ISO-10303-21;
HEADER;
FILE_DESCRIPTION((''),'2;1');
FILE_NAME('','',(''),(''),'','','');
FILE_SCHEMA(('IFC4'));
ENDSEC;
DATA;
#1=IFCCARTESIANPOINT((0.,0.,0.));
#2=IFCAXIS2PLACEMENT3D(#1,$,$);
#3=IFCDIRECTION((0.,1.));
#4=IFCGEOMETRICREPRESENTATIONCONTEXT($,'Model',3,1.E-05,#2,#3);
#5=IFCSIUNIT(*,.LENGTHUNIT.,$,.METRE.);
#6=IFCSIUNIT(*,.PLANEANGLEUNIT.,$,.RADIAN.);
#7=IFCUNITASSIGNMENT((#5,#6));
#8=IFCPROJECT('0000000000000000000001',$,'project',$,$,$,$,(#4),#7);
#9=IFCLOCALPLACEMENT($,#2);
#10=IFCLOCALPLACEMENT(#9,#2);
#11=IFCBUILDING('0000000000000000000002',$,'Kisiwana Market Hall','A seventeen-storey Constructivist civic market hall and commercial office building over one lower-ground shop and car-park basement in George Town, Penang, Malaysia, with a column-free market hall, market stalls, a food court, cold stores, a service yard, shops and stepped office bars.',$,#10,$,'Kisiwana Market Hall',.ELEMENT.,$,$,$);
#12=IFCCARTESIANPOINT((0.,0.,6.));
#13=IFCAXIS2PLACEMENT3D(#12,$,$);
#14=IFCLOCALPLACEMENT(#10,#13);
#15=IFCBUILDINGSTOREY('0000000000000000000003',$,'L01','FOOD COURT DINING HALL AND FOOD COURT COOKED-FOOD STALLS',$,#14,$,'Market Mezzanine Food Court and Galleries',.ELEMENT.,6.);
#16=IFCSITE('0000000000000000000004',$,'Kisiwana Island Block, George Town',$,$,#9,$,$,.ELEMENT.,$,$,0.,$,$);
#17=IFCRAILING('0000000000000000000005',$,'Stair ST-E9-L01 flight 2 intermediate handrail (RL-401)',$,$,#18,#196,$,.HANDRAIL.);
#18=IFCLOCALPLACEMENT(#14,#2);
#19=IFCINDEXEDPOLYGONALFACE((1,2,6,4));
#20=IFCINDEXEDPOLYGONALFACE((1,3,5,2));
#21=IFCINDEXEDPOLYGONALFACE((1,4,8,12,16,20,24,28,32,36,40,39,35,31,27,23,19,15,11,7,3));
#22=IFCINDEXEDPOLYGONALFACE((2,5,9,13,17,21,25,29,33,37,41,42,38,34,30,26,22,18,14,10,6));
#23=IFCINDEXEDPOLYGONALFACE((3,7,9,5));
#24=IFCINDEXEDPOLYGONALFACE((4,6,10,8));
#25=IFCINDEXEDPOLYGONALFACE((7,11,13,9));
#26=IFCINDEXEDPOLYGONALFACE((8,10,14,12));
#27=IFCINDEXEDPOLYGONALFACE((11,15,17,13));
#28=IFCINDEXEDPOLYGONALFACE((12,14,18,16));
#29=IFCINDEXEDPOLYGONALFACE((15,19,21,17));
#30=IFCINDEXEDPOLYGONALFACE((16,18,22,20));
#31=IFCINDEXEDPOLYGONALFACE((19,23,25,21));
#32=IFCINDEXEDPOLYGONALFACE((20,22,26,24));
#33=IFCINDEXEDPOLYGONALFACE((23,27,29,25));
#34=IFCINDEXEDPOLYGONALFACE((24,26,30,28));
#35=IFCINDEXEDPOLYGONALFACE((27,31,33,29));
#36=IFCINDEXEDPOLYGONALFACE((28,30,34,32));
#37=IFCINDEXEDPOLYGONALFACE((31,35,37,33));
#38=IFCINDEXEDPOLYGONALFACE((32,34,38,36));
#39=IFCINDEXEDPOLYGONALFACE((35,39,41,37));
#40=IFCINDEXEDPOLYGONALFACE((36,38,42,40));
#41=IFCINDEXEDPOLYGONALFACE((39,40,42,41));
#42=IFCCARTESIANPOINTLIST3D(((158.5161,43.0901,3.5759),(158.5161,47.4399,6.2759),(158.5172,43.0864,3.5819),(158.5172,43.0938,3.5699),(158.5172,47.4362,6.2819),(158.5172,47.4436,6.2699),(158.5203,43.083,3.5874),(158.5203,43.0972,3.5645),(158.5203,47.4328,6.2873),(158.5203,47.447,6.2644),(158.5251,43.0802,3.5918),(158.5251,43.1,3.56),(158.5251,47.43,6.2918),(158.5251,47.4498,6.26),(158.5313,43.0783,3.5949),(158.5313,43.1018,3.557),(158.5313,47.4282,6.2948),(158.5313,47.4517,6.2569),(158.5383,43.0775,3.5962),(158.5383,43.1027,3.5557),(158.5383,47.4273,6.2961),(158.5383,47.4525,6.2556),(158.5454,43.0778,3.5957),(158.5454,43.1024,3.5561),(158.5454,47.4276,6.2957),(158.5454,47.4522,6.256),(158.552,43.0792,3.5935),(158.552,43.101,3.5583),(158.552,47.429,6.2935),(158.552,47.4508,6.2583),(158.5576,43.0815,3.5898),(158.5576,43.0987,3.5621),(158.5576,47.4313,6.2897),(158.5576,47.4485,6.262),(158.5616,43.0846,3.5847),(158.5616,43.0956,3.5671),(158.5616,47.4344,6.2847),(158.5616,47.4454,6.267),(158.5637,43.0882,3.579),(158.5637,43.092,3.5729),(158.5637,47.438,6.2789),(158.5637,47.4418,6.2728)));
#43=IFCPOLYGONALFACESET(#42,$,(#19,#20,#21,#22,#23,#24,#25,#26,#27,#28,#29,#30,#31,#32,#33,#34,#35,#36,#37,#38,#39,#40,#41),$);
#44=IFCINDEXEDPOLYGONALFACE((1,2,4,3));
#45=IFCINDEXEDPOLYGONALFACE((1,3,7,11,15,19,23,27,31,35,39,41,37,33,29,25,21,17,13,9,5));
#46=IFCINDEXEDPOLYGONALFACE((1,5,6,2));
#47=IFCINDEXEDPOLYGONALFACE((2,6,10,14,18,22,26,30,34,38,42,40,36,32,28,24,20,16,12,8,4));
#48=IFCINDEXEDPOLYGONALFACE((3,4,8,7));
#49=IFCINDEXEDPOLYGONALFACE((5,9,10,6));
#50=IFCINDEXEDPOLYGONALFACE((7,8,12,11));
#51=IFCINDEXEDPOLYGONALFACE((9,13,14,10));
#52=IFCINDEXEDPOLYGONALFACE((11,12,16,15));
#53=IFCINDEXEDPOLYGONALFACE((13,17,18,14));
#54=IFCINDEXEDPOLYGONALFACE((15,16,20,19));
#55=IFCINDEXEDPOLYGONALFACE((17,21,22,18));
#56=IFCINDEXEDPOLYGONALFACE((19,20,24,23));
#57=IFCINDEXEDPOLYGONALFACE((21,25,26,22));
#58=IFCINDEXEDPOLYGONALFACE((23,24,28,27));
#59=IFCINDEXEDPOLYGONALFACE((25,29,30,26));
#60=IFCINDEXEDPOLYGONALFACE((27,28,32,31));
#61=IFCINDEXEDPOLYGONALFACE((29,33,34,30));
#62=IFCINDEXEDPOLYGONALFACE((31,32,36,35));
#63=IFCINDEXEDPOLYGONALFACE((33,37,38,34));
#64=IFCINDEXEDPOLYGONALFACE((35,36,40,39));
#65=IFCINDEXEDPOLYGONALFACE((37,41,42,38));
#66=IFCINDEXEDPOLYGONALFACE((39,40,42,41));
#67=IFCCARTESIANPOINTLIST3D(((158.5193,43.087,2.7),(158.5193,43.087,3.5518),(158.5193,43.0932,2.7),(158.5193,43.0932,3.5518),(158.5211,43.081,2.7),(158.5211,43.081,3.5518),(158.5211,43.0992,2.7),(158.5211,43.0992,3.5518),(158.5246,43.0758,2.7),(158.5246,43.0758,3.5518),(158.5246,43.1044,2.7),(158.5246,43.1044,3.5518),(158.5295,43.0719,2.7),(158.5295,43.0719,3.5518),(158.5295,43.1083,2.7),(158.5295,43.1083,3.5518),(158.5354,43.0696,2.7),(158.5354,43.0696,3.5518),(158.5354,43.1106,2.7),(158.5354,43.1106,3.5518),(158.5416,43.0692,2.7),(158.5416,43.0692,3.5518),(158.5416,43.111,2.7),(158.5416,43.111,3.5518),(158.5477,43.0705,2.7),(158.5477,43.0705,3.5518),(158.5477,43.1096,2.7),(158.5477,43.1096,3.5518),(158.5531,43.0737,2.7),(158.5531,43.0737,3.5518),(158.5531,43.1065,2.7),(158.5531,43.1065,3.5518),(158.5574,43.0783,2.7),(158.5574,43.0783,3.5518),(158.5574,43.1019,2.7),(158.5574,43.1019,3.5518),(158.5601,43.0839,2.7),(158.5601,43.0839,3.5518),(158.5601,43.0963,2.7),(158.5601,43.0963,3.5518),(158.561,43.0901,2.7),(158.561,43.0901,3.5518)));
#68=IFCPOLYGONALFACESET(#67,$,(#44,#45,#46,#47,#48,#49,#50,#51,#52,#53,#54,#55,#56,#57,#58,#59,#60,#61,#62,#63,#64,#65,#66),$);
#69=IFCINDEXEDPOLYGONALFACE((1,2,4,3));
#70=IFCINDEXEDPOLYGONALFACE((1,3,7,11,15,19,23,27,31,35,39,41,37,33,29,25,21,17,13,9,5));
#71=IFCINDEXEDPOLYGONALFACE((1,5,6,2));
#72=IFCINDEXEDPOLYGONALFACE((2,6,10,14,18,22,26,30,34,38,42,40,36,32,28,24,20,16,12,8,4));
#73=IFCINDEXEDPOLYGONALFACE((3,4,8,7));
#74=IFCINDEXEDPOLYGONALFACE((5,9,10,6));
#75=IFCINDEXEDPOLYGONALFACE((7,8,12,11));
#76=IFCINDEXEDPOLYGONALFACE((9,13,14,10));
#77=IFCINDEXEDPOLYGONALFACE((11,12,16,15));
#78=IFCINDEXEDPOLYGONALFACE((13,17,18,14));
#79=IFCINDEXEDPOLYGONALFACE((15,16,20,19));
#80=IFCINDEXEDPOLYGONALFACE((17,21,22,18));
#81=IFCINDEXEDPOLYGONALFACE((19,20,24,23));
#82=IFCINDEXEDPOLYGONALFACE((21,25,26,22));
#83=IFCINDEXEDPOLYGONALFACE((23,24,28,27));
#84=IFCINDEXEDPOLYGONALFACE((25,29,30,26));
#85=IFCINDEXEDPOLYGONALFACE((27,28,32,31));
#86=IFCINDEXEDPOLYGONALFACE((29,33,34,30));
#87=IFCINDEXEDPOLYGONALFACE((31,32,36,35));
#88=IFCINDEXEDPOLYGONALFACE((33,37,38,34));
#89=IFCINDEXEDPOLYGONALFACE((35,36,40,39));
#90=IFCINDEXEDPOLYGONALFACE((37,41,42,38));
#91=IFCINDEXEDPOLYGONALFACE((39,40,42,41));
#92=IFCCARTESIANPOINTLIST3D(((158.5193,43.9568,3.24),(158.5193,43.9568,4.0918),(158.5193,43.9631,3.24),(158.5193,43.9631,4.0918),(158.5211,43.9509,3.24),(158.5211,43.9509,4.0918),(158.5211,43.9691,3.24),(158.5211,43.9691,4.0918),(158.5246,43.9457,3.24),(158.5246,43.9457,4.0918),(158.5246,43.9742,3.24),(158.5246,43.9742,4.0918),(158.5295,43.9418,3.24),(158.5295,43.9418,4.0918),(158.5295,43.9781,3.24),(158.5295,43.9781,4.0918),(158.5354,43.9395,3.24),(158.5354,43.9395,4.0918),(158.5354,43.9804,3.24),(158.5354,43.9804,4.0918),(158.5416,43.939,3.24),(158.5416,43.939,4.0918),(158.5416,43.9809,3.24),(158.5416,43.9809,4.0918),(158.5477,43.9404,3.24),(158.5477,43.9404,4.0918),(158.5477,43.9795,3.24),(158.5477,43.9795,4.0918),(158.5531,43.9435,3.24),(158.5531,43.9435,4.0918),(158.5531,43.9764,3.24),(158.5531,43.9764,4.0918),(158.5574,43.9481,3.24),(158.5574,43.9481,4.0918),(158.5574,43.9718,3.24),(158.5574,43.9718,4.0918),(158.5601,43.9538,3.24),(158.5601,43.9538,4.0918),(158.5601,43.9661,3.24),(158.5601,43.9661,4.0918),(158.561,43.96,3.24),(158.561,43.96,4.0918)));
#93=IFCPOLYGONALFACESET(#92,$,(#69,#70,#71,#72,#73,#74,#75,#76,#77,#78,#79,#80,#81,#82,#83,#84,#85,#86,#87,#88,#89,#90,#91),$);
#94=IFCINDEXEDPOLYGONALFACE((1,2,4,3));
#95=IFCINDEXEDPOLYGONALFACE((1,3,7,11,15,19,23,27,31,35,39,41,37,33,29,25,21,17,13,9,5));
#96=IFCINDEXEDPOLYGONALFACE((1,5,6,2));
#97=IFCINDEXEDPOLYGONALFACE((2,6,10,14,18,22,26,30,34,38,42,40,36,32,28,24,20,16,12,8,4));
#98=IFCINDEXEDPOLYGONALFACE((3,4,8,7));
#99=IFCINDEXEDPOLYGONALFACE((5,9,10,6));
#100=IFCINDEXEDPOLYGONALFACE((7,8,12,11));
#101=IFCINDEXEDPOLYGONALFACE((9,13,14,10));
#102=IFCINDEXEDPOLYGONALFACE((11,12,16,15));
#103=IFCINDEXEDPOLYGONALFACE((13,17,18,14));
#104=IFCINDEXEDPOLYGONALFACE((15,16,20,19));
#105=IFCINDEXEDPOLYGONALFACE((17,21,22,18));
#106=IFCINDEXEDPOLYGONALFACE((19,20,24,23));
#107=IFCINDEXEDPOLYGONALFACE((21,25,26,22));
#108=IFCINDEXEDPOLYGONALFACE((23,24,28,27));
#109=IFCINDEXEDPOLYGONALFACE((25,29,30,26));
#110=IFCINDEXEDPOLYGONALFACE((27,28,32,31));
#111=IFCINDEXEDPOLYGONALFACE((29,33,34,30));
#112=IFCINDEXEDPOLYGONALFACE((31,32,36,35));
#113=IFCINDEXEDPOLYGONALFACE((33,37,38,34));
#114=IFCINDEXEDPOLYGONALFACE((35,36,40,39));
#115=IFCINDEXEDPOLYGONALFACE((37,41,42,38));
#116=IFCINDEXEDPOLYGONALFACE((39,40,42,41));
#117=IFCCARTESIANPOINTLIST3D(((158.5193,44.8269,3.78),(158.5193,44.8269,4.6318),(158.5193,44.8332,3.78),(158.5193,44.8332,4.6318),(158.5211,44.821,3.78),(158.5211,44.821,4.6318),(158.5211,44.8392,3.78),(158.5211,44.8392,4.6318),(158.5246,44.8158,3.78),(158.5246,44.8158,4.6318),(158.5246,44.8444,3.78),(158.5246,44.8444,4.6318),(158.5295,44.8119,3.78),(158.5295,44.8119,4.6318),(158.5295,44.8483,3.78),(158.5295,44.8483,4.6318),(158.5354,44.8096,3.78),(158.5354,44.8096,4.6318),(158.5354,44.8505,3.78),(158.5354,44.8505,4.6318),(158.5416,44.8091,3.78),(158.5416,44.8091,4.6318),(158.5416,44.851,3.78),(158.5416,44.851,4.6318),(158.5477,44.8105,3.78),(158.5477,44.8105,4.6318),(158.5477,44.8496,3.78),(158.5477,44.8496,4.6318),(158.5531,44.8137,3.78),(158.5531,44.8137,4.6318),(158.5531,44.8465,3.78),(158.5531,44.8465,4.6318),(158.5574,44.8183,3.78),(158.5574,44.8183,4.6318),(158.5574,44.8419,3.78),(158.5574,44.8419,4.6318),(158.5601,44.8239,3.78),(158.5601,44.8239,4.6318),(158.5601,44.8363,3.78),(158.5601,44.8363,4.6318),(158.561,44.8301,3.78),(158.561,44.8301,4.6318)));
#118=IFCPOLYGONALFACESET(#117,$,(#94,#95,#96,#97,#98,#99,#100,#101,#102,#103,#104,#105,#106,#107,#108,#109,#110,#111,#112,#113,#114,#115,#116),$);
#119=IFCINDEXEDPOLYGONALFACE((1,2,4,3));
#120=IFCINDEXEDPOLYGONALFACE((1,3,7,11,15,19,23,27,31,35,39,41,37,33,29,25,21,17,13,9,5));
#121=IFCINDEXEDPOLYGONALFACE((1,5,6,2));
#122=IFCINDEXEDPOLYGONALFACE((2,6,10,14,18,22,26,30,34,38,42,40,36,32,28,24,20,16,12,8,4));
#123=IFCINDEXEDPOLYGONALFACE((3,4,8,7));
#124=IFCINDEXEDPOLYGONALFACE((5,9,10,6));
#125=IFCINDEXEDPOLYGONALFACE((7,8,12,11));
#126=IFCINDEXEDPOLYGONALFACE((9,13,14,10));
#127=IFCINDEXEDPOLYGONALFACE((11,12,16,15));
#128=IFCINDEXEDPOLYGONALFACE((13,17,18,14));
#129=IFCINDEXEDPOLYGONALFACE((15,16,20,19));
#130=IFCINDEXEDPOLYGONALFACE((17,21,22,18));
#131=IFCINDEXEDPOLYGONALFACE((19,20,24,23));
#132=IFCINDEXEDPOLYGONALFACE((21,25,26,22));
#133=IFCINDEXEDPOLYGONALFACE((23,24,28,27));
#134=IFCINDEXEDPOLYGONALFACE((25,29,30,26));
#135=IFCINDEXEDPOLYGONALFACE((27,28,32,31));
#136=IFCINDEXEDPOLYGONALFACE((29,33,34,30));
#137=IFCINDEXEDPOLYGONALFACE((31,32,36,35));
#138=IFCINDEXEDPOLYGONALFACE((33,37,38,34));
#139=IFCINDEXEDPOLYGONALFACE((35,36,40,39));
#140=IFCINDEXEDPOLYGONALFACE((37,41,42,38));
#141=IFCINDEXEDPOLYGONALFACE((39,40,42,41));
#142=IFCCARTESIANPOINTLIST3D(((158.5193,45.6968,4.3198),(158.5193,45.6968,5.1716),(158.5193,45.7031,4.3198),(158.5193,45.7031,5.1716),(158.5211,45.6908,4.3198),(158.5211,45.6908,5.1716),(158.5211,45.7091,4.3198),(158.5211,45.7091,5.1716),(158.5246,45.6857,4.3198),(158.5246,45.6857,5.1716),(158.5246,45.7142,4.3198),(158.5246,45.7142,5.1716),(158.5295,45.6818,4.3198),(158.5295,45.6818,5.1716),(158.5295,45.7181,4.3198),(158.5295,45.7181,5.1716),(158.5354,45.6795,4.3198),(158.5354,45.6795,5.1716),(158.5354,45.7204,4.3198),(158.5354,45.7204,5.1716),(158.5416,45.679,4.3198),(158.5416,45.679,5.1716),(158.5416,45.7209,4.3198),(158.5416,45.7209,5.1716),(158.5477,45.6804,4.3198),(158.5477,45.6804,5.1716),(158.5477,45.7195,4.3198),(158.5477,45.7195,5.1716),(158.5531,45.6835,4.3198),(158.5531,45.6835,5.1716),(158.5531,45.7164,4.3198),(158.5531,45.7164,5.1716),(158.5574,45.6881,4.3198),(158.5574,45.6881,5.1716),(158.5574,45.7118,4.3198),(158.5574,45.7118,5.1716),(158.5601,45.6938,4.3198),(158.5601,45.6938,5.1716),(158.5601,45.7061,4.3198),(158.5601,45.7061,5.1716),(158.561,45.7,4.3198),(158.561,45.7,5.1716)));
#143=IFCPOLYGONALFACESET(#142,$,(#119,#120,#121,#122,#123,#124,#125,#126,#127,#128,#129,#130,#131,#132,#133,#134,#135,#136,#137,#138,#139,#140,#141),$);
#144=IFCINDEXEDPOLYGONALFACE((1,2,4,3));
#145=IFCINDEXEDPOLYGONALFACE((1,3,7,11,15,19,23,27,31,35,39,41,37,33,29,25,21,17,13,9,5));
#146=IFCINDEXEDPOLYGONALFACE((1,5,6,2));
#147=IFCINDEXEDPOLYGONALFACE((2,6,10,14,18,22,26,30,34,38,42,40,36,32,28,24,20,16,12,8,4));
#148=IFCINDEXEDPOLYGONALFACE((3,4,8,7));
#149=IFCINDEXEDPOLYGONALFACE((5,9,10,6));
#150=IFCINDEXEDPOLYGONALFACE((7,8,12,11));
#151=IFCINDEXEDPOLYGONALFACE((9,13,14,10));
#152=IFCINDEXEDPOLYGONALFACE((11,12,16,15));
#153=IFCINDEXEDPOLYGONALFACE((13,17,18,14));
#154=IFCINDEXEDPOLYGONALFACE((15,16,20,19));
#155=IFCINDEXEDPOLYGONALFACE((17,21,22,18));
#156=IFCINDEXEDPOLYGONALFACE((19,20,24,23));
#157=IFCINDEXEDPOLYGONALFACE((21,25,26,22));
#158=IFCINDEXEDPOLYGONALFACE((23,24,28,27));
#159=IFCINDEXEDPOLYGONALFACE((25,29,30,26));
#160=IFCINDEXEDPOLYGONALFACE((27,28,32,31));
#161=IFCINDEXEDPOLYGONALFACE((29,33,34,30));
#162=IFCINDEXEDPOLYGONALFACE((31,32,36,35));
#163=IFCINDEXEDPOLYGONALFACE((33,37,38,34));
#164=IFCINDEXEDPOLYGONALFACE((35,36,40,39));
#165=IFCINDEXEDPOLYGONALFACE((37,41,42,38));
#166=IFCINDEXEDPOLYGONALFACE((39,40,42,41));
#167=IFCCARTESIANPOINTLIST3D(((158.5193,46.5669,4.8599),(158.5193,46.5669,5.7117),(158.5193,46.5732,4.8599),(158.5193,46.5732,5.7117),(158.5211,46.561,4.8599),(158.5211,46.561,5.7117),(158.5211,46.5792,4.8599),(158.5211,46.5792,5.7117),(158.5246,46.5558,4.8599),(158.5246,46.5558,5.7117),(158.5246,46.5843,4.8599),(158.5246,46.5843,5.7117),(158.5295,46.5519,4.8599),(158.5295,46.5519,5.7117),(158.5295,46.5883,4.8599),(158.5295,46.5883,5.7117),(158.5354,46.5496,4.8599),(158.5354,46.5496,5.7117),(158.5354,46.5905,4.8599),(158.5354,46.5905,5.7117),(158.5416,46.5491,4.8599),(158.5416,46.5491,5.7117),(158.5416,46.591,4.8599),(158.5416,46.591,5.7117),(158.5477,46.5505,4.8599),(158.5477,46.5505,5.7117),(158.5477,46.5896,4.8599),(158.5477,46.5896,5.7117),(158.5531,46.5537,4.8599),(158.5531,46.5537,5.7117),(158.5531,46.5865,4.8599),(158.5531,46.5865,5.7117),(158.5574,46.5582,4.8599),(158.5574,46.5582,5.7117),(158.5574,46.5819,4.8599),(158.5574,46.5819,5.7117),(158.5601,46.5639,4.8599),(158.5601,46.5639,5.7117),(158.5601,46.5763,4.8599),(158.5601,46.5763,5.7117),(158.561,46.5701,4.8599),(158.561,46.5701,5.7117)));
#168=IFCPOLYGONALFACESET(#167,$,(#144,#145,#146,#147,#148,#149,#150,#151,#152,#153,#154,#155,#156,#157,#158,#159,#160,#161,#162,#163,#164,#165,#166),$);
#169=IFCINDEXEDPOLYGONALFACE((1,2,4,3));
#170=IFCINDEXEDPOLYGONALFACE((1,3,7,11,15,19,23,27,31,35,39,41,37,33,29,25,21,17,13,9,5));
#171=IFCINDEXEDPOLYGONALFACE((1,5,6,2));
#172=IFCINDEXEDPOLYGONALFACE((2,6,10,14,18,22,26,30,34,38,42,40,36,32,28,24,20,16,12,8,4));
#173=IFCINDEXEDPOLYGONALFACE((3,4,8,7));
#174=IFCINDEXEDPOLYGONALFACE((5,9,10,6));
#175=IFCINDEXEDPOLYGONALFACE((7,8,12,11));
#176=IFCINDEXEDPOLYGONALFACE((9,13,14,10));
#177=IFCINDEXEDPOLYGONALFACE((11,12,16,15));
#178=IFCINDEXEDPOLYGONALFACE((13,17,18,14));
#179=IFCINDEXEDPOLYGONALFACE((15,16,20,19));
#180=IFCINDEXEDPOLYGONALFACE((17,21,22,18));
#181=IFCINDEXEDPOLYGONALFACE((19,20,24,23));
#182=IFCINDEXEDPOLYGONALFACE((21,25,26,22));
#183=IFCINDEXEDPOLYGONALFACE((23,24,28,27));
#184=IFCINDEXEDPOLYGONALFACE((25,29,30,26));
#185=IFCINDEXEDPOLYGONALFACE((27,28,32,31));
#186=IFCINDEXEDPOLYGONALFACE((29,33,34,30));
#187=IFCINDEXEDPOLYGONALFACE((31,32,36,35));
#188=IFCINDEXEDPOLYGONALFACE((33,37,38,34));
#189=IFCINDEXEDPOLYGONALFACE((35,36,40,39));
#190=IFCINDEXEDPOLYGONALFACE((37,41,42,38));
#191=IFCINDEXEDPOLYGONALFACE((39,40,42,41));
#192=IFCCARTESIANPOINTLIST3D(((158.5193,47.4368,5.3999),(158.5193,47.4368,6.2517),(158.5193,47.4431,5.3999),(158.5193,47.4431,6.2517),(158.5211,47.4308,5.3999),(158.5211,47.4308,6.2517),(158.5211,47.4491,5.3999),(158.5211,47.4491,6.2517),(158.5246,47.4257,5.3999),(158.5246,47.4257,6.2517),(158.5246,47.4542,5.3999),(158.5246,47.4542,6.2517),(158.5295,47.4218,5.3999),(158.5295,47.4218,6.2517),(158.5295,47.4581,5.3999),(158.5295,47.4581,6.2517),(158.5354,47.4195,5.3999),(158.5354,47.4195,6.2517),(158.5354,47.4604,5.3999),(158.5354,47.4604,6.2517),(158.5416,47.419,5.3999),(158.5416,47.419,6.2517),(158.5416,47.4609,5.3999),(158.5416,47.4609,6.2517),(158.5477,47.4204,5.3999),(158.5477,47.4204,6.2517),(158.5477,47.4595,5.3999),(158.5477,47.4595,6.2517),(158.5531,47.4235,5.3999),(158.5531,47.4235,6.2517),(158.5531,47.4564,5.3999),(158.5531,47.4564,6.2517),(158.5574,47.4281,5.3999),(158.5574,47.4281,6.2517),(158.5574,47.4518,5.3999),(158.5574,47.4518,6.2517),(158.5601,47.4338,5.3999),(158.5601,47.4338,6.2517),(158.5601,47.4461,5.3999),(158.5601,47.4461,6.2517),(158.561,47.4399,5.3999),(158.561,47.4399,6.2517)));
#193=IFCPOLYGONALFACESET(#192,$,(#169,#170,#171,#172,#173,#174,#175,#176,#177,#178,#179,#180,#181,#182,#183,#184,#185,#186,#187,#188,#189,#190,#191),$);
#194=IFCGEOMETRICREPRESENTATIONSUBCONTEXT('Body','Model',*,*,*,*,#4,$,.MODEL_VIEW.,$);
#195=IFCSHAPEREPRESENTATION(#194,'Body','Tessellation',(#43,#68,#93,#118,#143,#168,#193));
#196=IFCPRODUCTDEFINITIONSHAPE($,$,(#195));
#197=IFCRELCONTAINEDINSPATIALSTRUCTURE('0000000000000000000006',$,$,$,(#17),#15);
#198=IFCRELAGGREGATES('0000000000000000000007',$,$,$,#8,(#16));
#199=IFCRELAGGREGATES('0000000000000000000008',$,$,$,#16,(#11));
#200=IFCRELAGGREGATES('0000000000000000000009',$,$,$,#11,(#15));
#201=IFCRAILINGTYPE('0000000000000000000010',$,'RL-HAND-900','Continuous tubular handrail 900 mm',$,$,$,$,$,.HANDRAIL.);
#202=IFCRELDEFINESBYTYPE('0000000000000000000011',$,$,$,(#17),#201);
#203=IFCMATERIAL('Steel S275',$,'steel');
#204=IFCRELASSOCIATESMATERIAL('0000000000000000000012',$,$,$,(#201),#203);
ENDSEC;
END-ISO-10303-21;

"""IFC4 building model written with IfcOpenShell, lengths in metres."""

from ifc_helpers import new_model, si_unit, direction, frame, origin, origin_2d, place, context, subcontext, project, spatial, circle, extrude, material, type_object, element, save


model = new_model("IFC4")

# Units and contexts
model_context = context("Model", 3, precision=1e-05, world=origin(), true_north=direction((0.0, 1.0)))
body_context = subcontext(model_context, "Body", "Model", "MODEL_VIEW")
ifc_project = project(units=[si_unit("LENGTHUNIT", "METRE"), si_unit("PLANEANGLEUNIT", "RADIAN")], contexts=[model_context])

# Site, building, storey
site_placement = place(None, origin())
site = spatial("IfcSite", under=ifc_project, at=site_placement, Name="Kisiwana Island Block, George Town", CompositionType="ELEMENT", RefElevation=0.0)
building_placement = place(site_placement, origin())
building = spatial("IfcBuilding", under=site, at=building_placement, Name="Kisiwana Market Hall", Description="A seventeen-storey Constructivist civic market hall and commercial office building over one lower-ground shop and car-park basement in George Town, Penang, Malaysia, with a column-free market hall, market stalls, a food court, cold stores, a service yard, shops and stepped office bars.", LongName="Kisiwana Market Hall", CompositionType="ELEMENT")
storey_placement = place(building_placement, frame((0.0, 0.0, 6.0)))
storey = spatial("IfcBuildingStorey", under=building, at=storey_placement, Name="L01", Description="FOOD COURT DINING HALL AND FOOD COURT COOKED-FOOD STALLS", LongName="Market Mezzanine Food Court and Galleries", CompositionType="ELEMENT", Elevation=6.0)

# Railing
ifc_material_1 = material(Name="Steel S275", Category="steel")
railing_type_1 = type_object("IfcRailingType", Name="RL-HAND-900", Description="Continuous tubular handrail 900 mm", PredefinedType="HANDRAIL", material=ifc_material_1)
railing_1_placement = place(storey_placement, frame((158.54, 43.0901, 2.7)))
element("IfcRailing", 1, at=railing_1_placement, inside=storey, type_object=railing_type_1, Name="Stair ST-E9-L01 flight 2 intermediate handrail (RL-401)", PredefinedType="HANDRAIL", context=body_context, shape_type="SweptSolid", body=[
    extrude(circle(Radius=0.0239, at=origin_2d()), frame((0.0, 0.0, 0.876), z_axis=(0.0, 0.849636, 0.527369), x_axis=(-1.0, 0.0, 0.0)), (0.0, 0.0, 1.0), 5.1196),
    extrude(circle(Radius=0.021, at=origin_2d()), origin(), (0.0, 0.0, 1.0), 0.8518),
    extrude(circle(Radius=0.021, at=origin_2d()), frame((0.0, 0.8699, 0.54)), (0.0, 0.0, 1.0), 0.8518),
    extrude(circle(Radius=0.021, at=origin_2d()), frame((0.0, 1.74, 1.0801)), (0.0, 0.0, 1.0), 0.8518),
    extrude(circle(Radius=0.021, at=origin_2d()), frame((0.0, 2.6099, 1.6199)), (0.0, 0.0, 1.0), 0.8518),
    extrude(circle(Radius=0.021, at=origin_2d()), frame((0.0, 3.48, 2.1599)), (0.0, 0.0, 1.0), 0.8518),
    extrude(circle(Radius=0.021, at=origin_2d()), frame((0.0, 4.3499, 2.7)), (0.0, 0.0, 1.0), 0.8518),
])

save(model, "model.ifc")
